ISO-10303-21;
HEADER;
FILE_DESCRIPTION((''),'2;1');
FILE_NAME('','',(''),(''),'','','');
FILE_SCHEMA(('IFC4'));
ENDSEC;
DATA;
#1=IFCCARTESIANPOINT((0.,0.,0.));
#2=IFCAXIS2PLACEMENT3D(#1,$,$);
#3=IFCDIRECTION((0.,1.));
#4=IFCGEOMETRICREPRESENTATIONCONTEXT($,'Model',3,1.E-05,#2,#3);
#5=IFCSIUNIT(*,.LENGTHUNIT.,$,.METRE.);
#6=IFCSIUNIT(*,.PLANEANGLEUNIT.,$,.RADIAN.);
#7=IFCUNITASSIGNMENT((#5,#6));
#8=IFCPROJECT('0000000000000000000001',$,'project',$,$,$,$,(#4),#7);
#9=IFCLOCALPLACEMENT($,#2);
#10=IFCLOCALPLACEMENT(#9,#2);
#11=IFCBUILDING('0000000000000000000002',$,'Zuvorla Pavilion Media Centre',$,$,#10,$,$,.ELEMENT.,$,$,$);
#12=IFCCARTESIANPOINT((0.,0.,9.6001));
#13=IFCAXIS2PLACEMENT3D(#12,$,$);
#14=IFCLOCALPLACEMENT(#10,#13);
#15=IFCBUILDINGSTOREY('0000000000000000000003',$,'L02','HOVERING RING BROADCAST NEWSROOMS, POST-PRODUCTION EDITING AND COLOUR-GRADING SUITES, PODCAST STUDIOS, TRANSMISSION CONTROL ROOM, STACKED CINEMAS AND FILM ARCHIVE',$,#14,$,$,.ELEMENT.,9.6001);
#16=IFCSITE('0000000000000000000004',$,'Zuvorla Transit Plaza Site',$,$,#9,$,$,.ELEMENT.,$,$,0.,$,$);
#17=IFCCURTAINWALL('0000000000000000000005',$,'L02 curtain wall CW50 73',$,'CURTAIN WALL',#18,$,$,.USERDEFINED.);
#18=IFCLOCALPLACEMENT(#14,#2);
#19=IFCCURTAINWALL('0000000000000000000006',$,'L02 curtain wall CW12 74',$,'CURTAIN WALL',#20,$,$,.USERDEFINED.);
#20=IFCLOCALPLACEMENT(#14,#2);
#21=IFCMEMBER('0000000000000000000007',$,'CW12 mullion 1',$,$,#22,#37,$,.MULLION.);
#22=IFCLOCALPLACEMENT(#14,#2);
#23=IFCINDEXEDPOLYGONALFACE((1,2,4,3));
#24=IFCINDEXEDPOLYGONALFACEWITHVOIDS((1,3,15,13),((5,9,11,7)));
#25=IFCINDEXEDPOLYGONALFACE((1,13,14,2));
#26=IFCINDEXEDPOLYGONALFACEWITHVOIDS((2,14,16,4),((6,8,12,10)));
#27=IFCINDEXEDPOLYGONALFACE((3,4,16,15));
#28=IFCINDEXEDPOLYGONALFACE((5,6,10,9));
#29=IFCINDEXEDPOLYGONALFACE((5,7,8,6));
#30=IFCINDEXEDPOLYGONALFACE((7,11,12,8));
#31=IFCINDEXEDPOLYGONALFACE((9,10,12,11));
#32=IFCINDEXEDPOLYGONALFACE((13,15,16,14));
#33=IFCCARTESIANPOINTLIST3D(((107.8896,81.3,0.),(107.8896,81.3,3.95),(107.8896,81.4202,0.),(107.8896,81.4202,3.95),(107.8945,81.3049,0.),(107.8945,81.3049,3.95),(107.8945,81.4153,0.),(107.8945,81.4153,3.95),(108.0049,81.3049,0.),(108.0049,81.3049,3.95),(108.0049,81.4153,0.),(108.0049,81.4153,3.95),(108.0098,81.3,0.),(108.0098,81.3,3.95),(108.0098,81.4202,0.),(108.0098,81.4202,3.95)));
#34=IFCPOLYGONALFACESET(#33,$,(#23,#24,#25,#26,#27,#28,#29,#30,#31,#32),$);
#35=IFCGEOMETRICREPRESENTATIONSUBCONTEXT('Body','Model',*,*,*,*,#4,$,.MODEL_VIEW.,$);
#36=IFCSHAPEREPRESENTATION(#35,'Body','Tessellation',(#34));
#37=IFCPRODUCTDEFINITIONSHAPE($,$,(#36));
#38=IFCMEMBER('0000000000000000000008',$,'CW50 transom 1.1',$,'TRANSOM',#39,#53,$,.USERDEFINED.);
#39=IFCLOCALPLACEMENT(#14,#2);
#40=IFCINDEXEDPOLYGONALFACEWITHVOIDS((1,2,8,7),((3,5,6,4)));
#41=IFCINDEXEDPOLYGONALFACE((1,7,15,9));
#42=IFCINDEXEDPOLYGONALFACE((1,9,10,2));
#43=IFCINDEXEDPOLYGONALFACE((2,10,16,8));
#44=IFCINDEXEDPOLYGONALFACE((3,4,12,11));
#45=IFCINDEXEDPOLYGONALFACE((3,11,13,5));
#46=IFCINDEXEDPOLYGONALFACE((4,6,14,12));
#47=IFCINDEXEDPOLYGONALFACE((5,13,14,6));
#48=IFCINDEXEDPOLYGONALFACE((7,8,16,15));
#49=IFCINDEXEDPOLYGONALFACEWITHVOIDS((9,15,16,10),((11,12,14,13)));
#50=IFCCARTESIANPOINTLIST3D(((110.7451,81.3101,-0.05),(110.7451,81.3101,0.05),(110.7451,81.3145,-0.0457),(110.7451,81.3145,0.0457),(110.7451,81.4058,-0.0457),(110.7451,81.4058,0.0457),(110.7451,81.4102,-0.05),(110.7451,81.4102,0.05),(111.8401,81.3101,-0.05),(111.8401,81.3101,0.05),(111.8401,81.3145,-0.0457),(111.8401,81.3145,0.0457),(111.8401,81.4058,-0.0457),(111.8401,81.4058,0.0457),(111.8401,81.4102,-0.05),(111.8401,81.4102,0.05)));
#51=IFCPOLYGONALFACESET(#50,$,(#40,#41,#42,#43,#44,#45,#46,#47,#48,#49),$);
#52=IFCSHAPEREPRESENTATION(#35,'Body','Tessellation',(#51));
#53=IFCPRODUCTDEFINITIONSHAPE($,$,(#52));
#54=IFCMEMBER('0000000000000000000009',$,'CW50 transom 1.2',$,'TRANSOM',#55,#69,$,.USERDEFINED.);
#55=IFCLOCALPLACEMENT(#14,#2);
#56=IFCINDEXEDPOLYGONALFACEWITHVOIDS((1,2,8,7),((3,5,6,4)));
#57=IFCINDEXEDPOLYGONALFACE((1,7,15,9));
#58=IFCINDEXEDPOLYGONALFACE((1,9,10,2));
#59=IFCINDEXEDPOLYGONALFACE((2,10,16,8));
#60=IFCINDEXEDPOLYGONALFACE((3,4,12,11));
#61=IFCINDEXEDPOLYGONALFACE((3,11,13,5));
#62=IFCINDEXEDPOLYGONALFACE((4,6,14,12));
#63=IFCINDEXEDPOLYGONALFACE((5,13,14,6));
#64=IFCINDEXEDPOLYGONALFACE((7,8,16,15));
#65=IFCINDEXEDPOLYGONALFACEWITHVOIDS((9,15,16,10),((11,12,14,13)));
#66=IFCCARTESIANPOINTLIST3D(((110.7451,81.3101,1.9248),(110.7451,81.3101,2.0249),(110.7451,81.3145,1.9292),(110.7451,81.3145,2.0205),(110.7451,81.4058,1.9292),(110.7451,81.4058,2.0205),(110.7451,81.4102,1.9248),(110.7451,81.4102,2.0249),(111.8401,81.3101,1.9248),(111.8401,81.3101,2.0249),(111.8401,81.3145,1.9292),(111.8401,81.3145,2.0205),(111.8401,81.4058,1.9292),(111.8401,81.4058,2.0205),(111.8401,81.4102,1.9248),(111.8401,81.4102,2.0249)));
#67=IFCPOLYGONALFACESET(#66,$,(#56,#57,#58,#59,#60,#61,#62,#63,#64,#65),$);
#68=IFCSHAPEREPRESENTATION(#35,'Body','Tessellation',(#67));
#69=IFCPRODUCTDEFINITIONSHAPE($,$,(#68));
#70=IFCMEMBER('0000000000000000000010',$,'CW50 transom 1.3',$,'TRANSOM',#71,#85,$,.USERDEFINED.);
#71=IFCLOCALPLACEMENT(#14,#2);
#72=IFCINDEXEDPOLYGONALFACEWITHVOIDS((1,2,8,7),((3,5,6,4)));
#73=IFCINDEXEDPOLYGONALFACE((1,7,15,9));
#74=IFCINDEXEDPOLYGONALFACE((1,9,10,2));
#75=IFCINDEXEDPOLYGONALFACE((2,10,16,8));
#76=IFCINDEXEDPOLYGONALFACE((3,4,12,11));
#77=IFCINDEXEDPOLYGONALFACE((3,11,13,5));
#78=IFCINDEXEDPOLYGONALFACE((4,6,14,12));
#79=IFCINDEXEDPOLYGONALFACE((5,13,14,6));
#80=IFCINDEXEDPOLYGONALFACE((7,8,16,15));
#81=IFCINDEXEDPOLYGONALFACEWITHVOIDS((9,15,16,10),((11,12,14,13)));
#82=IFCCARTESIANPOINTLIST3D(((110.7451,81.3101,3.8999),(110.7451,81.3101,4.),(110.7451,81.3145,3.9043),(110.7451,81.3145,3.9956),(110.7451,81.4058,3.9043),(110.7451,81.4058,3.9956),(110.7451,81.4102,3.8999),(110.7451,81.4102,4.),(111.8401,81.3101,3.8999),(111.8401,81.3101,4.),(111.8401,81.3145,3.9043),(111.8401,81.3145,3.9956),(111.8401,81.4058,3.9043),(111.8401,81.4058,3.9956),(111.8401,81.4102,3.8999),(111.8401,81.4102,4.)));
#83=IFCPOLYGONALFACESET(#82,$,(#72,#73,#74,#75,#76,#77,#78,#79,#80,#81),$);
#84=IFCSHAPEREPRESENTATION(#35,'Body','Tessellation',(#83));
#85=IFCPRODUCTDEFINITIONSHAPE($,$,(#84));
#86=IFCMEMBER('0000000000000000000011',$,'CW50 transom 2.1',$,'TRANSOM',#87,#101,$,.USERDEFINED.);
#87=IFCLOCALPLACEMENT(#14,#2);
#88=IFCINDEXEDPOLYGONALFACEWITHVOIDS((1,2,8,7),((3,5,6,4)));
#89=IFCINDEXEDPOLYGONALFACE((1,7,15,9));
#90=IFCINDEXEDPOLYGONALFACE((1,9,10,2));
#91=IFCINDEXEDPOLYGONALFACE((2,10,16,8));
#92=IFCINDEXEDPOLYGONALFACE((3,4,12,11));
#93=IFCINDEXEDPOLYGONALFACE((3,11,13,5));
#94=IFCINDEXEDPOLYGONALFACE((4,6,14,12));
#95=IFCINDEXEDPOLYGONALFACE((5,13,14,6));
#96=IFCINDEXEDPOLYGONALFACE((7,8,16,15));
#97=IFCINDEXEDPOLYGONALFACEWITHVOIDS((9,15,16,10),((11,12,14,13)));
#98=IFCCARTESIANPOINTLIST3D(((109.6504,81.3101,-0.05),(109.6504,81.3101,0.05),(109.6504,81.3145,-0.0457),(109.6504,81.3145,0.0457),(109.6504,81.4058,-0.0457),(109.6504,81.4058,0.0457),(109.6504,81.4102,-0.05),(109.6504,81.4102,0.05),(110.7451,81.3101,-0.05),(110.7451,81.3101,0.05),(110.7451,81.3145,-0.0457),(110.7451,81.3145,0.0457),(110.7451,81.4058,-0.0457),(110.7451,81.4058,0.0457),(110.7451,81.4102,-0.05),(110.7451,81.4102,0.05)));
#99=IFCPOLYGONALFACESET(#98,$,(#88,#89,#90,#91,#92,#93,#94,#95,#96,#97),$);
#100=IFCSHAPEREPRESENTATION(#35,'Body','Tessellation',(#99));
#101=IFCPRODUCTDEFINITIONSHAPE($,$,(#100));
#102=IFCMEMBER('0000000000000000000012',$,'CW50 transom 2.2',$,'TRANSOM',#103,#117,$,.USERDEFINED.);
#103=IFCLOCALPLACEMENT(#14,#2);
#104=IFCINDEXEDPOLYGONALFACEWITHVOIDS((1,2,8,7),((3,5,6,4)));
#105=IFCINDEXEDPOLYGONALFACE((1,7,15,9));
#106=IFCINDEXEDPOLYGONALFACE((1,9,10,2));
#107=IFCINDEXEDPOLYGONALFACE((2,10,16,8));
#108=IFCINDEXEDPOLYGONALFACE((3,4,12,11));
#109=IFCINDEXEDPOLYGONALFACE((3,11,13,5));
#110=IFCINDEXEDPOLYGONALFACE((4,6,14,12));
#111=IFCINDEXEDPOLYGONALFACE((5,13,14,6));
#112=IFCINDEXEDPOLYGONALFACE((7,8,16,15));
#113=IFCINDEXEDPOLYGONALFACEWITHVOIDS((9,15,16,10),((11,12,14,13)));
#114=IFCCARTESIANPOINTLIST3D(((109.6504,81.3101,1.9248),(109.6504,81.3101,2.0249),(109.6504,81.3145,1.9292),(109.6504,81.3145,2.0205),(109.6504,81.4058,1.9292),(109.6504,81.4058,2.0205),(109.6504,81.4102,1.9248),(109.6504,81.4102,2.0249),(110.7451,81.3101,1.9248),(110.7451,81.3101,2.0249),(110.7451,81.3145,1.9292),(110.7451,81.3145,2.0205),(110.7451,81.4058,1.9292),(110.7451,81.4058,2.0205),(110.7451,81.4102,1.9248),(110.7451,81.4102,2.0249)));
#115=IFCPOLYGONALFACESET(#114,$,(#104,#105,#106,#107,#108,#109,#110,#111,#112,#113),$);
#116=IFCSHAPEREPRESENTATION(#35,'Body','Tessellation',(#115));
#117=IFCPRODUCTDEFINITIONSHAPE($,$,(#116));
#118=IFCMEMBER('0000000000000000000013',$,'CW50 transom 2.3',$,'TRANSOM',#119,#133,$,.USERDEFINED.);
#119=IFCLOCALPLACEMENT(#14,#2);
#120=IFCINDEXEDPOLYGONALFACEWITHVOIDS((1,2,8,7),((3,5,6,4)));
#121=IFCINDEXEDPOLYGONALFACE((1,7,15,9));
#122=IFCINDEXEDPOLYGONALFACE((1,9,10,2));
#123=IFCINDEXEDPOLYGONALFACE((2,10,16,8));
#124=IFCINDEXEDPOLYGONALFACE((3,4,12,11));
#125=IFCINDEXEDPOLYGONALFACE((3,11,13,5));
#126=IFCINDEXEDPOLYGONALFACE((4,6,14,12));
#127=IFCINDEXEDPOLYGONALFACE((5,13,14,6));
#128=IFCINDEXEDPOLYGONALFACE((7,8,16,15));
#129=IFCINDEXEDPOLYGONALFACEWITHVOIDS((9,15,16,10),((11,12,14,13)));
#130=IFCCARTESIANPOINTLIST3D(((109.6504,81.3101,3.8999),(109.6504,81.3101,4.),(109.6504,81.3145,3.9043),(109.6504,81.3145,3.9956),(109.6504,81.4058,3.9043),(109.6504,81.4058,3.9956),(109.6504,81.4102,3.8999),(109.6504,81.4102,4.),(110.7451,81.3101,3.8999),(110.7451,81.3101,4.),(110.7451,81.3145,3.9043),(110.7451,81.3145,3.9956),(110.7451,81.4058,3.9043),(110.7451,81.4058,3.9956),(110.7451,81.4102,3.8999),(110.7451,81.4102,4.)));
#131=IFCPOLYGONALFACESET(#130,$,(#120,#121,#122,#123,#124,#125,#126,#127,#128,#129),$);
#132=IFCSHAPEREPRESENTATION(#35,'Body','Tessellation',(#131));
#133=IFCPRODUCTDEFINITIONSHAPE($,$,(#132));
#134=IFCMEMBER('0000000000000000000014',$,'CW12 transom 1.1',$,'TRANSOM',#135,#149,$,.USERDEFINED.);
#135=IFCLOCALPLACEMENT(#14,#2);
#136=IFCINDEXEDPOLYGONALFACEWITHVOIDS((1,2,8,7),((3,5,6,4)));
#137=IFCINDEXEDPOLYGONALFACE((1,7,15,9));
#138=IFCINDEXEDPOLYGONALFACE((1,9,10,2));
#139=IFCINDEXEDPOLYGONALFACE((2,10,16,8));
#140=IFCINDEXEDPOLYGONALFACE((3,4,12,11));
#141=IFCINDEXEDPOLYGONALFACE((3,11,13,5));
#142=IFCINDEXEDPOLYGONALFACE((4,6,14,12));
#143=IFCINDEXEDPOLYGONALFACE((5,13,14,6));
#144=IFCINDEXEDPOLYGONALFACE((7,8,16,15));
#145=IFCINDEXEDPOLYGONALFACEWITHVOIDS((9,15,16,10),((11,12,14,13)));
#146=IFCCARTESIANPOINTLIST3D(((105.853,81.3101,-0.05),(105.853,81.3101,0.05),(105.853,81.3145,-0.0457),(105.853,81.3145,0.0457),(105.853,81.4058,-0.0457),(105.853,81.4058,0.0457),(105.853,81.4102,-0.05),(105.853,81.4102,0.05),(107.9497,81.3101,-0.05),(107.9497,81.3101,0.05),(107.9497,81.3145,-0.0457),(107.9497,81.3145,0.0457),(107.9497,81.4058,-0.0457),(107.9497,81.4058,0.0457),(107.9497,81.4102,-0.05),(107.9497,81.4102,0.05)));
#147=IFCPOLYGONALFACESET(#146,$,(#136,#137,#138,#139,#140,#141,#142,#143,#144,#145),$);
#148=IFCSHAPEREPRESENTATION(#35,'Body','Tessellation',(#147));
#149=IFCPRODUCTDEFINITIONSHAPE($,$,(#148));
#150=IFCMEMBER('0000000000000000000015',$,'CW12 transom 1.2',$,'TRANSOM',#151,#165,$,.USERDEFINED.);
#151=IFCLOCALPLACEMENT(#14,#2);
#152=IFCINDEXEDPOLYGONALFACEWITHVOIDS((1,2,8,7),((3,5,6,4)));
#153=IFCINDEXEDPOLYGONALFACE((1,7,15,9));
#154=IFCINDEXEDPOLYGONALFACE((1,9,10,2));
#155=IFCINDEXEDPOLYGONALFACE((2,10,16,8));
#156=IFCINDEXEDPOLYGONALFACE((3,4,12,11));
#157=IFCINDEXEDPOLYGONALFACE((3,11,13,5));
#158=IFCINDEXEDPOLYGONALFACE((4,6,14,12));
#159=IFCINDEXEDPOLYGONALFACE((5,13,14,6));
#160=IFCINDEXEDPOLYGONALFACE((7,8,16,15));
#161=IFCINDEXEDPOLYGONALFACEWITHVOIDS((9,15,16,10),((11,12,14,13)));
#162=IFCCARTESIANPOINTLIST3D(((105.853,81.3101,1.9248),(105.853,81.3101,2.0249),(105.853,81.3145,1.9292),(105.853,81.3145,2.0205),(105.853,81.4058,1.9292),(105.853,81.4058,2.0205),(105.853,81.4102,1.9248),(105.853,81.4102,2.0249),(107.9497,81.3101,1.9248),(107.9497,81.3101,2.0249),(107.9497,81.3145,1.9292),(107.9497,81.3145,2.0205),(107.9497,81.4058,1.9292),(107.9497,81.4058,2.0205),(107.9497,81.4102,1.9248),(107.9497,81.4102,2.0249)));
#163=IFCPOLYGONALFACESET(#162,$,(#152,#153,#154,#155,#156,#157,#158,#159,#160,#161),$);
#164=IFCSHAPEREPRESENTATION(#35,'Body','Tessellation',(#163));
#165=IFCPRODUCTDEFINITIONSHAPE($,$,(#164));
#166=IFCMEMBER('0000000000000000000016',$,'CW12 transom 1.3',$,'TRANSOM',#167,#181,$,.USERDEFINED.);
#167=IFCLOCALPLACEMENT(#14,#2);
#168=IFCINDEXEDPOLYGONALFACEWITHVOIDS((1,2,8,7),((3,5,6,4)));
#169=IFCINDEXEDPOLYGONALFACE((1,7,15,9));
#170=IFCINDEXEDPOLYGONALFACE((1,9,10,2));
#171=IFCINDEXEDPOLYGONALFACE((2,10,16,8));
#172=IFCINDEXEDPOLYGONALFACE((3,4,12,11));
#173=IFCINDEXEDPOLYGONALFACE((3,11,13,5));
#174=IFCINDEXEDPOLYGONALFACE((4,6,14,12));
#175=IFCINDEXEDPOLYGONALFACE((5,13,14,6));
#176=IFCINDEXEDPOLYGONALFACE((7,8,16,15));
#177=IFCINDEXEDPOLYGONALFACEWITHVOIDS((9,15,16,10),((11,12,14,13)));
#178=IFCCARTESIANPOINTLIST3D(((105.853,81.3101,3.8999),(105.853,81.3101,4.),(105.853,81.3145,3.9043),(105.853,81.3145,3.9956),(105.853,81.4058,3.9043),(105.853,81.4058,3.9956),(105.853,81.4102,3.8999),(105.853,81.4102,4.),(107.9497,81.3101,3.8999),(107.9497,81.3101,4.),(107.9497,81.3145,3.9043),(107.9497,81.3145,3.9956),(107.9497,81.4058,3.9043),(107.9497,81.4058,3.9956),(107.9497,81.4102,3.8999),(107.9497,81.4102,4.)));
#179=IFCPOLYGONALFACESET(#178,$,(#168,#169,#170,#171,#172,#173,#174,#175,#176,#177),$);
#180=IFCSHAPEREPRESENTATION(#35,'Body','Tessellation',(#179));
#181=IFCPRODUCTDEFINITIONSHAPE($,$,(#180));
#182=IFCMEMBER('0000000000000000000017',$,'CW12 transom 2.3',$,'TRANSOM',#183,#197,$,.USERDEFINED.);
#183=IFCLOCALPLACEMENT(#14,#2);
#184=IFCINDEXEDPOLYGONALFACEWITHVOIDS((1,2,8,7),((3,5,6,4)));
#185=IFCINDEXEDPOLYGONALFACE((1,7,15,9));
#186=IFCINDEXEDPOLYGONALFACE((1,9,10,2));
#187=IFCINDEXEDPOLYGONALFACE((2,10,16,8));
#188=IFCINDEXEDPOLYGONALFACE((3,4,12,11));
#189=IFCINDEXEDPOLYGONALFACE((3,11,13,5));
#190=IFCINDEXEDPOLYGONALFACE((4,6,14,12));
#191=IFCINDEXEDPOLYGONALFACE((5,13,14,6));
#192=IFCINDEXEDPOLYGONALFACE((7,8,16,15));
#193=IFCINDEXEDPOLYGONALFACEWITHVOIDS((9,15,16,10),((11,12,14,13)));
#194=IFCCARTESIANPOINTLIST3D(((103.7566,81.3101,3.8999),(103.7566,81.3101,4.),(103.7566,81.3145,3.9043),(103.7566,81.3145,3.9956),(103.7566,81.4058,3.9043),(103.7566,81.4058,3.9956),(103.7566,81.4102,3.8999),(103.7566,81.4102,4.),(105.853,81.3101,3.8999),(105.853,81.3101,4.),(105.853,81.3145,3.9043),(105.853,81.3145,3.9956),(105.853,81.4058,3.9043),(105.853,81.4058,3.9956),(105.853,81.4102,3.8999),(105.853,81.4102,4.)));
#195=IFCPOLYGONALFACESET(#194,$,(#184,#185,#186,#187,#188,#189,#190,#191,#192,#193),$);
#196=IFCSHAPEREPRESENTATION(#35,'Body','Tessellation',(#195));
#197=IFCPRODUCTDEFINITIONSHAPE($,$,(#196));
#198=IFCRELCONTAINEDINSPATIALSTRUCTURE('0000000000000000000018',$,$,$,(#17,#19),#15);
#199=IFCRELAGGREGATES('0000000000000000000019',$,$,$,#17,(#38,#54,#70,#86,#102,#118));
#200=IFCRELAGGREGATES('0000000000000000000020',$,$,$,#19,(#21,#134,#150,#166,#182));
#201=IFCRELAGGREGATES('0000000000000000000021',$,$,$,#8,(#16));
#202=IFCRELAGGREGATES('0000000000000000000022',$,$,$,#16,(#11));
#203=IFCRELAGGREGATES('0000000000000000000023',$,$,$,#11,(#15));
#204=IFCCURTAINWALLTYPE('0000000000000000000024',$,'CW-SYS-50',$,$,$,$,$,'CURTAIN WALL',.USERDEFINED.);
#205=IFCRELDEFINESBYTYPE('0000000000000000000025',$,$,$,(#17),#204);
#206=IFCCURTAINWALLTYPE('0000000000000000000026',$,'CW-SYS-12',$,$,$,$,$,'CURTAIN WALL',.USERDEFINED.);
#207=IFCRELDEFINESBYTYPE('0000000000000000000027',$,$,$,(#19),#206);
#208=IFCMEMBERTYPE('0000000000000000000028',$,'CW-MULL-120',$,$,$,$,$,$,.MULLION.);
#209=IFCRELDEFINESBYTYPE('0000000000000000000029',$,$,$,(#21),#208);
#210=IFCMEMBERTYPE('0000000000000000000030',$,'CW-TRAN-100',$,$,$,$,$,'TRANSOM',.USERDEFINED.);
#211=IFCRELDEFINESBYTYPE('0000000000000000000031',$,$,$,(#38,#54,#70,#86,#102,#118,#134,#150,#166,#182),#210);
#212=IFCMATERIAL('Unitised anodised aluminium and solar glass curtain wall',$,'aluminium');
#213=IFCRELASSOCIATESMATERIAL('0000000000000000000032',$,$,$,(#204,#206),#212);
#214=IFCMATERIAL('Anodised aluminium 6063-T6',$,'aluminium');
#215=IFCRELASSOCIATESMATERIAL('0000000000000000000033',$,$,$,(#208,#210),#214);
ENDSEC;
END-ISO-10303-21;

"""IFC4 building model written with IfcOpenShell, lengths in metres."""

from ifc_helpers import new_model, si_unit, direction, frame, origin, origin_2d, place, context, subcontext, project, spatial, hollow_rectangle, extrude, material, material_profile, profile_set, type_object, element, aggregate, save


model = new_model("IFC4")

# Units and contexts
model_context = context("Model", 3, precision=1e-05, world=origin(), true_north=direction((0.0, 1.0)))
body_context = subcontext(model_context, "Body", "Model", "MODEL_VIEW")
ifc_project = project(units=[si_unit("LENGTHUNIT", "METRE"), si_unit("PLANEANGLEUNIT", "RADIAN")], contexts=[model_context])

# Site, building, storey
site_placement = place(None, origin())
site = spatial("IfcSite", under=ifc_project, at=site_placement, Name="Zuvorla Transit Plaza Site", CompositionType="ELEMENT", RefElevation=0.0)
building_placement = place(site_placement, origin())
building = spatial("IfcBuilding", under=site, at=building_placement, Name="Zuvorla Pavilion Media Centre", CompositionType="ELEMENT")
storey_placement = place(building_placement, frame((0.0, 0.0, 9.6001)))
storey = spatial("IfcBuildingStorey", under=building, at=storey_placement, Name="L02", Description="HOVERING RING BROADCAST NEWSROOMS, POST-PRODUCTION EDITING AND COLOUR-GRADING SUITES, PODCAST STUDIOS, TRANSMISSION CONTROL ROOM, STACKED CINEMAS AND FILM ARCHIVE", CompositionType="ELEMENT", Elevation=9.6001)

# Shared definitions
ifc_material_1 = material(Name="Unitised anodised aluminium and solar glass curtain wall", Category="aluminium")
ifc_material_2 = material(Name="Anodised aluminium 6063-T6", Category="aluminium")

# Curtain wall
curtain_wall_type_1 = type_object("IfcCurtainWallType", Name="CW-SYS-50", ElementType="CURTAIN WALL", PredefinedType="USERDEFINED", material=ifc_material_1)
curtain_wall_1_placement = place(storey_placement, origin())
curtain_wall_1 = element("IfcCurtainWall", 1, at=curtain_wall_1_placement, inside=storey, type_object=curtain_wall_type_1, Name="L02 curtain wall CW50 73", ObjectType="CURTAIN WALL", PredefinedType="USERDEFINED")
ifc_material_profile_1 = material_profile(ifc_material_2, hollow_rectangle(XDim=0.1201, YDim=0.1201, WallThickness=0.0049, at=origin_2d()), Name="ALU MULL 120x120")
ifc_profile_set_1 = profile_set([ifc_material_profile_1], Name="Anodised aluminium 6063-T6")
member_type_1 = type_object("IfcMemberType", Name="CW-MULL-120", PredefinedType="MULLION", material=ifc_profile_set_1)

# Curtain wall, member
curtain_wall_type_2 = type_object("IfcCurtainWallType", Name="CW-SYS-12", ElementType="CURTAIN WALL", PredefinedType="USERDEFINED", material=ifc_material_1)
curtain_wall_2_placement = place(storey_placement, origin())
curtain_wall_2 = element("IfcCurtainWall", 2, at=curtain_wall_2_placement, inside=storey, type_object=curtain_wall_type_2, Name="L02 curtain wall CW12 74", ObjectType="CURTAIN WALL", PredefinedType="USERDEFINED")
member_1_placement = place(storey_placement, frame((107.9497, 81.3601, 0.0), z_axis=(0.0, 0.0, 1.0), x_axis=(1.0, 0.0, 0.0)))
member_1 = element("IfcMember", 3, at=member_1_placement, type_object=member_type_1, Name="CW12 mullion 1", PredefinedType="MULLION", context=body_context, shape_type="SweptSolid", body=[
    extrude(hollow_rectangle(XDim=0.1201, YDim=0.1201, WallThickness=0.0049, at=origin_2d()), origin(), (0.0, 0.0, 1.0), 3.95),
])

# Members
ifc_material_profile_2 = material_profile(ifc_material_2, hollow_rectangle(XDim=0.1001, YDim=0.1001, WallThickness=0.0044, at=origin_2d()), Name="ALU TRAN 100x100")
ifc_profile_set_2 = profile_set([ifc_material_profile_2], Name="Anodised aluminium 6063-T6")
member_type_2 = type_object("IfcMemberType", Name="CW-TRAN-100", ElementType="TRANSOM", PredefinedType="USERDEFINED", material=ifc_profile_set_2)
member_2_placement = place(storey_placement, frame((111.8401, 81.3601, 0.0), z_axis=(-1.0, 0.0, 0.0), x_axis=(0.0, -1.0, 0.0)))
member_2 = element("IfcMember", 4, at=member_2_placement, type_object=member_type_2, Name="CW50 transom 1.1", ObjectType="TRANSOM", PredefinedType="USERDEFINED", context=body_context, shape_type="SweptSolid", body=[
    extrude(hollow_rectangle(XDim=0.1001, YDim=0.1001, WallThickness=0.0044, at=origin_2d()), origin(), (0.0, 0.0, 1.0), 1.095),
])
member_3_placement = place(storey_placement, frame((111.8401, 81.3601, 1.9749), z_axis=(-1.0, 0.0, 0.0), x_axis=(0.0, -1.0, 0.0)))
member_3 = element("IfcMember", 5, at=member_3_placement, type_object=member_type_2, Name="CW50 transom 1.2", ObjectType="TRANSOM", PredefinedType="USERDEFINED", context=body_context, shape_type="SweptSolid", body=[
    extrude(hollow_rectangle(XDim=0.1001, YDim=0.1001, WallThickness=0.0044, at=origin_2d()), origin(), (0.0, 0.0, 1.0), 1.095),
])
member_4_placement = place(storey_placement, frame((111.8401, 81.3601, 3.95), z_axis=(-1.0, 0.0, 0.0), x_axis=(0.0, -1.0, 0.0)))
member_4 = element("IfcMember", 6, at=member_4_placement, type_object=member_type_2, Name="CW50 transom 1.3", ObjectType="TRANSOM", PredefinedType="USERDEFINED", context=body_context, shape_type="SweptSolid", body=[
    extrude(hollow_rectangle(XDim=0.1001, YDim=0.1001, WallThickness=0.0044, at=origin_2d()), origin(), (0.0, 0.0, 1.0), 1.095),
])
member_5_placement = place(storey_placement, frame((110.7451, 81.3601, 0.0), z_axis=(-1.0, 0.0, 0.0), x_axis=(0.0, -1.0, 0.0)))
member_5 = element("IfcMember", 7, at=member_5_placement, type_object=member_type_2, Name="CW50 transom 2.1", ObjectType="TRANSOM", PredefinedType="USERDEFINED", context=body_context, shape_type="SweptSolid", body=[
    extrude(hollow_rectangle(XDim=0.1001, YDim=0.1001, WallThickness=0.0044, at=origin_2d()), origin(), (0.0, 0.0, 1.0), 1.0947),
])
member_6_placement = place(storey_placement, frame((110.7451, 81.3601, 1.9749), z_axis=(-1.0, 0.0, 0.0), x_axis=(0.0, -1.0, 0.0)))
member_6 = element("IfcMember", 8, at=member_6_placement, type_object=member_type_2, Name="CW50 transom 2.2", ObjectType="TRANSOM", PredefinedType="USERDEFINED", context=body_context, shape_type="SweptSolid", body=[
    extrude(hollow_rectangle(XDim=0.1001, YDim=0.1001, WallThickness=0.0044, at=origin_2d()), origin(), (0.0, 0.0, 1.0), 1.0947),
])
member_7_placement = place(storey_placement, frame((110.7451, 81.3601, 3.95), z_axis=(-1.0, 0.0, 0.0), x_axis=(0.0, -1.0, 0.0)))
member_7 = element("IfcMember", 9, at=member_7_placement, type_object=member_type_2, Name="CW50 transom 2.3", ObjectType="TRANSOM", PredefinedType="USERDEFINED", context=body_context, shape_type="SweptSolid", body=[
    extrude(hollow_rectangle(XDim=0.1001, YDim=0.1001, WallThickness=0.0044, at=origin_2d()), origin(), (0.0, 0.0, 1.0), 1.0947),
])
member_8_placement = place(storey_placement, frame((107.9497, 81.3601, 0.0), z_axis=(-1.0, 0.0, 0.0), x_axis=(0.0, -1.0, 0.0)))
member_8 = element("IfcMember", 10, at=member_8_placement, type_object=member_type_2, Name="CW12 transom 1.1", ObjectType="TRANSOM", PredefinedType="USERDEFINED", context=body_context, shape_type="SweptSolid", body=[
    extrude(hollow_rectangle(XDim=0.1001, YDim=0.1001, WallThickness=0.0044, at=origin_2d()), origin(), (0.0, 0.0, 1.0), 2.0967),
])
member_9_placement = place(storey_placement, frame((107.9497, 81.3601, 1.9749), z_axis=(-1.0, 0.0, 0.0), x_axis=(0.0, -1.0, 0.0)))
member_9 = element("IfcMember", 11, at=member_9_placement, type_object=member_type_2, Name="CW12 transom 1.2", ObjectType="TRANSOM", PredefinedType="USERDEFINED", context=body_context, shape_type="SweptSolid", body=[
    extrude(hollow_rectangle(XDim=0.1001, YDim=0.1001, WallThickness=0.0044, at=origin_2d()), origin(), (0.0, 0.0, 1.0), 2.0967),
])
member_10_placement = place(storey_placement, frame((107.9497, 81.3601, 3.95), z_axis=(-1.0, 0.0, 0.0), x_axis=(0.0, -1.0, 0.0)))
member_10 = element("IfcMember", 12, at=member_10_placement, type_object=member_type_2, Name="CW12 transom 1.3", ObjectType="TRANSOM", PredefinedType="USERDEFINED", context=body_context, shape_type="SweptSolid", body=[
    extrude(hollow_rectangle(XDim=0.1001, YDim=0.1001, WallThickness=0.0044, at=origin_2d()), origin(), (0.0, 0.0, 1.0), 2.0967),
])
member_11_placement = place(storey_placement, frame((105.853, 81.3601, 3.95), z_axis=(-1.0, 0.0, 0.0), x_axis=(0.0, -1.0, 0.0)))
member_11 = element("IfcMember", 13, at=member_11_placement, type_object=member_type_2, Name="CW12 transom 2.3", ObjectType="TRANSOM", PredefinedType="USERDEFINED", context=body_context, shape_type="SweptSolid", body=[
    extrude(hollow_rectangle(XDim=0.1001, YDim=0.1001, WallThickness=0.0044, at=origin_2d()), origin(), (0.0, 0.0, 1.0), 2.0964),
])

aggregate(curtain_wall_1, [member_2, member_3, member_4, member_5, member_6, member_7])
aggregate(curtain_wall_2, [member_1, member_8, member_9, member_10, member_11])

save(model, "model.ifc")
